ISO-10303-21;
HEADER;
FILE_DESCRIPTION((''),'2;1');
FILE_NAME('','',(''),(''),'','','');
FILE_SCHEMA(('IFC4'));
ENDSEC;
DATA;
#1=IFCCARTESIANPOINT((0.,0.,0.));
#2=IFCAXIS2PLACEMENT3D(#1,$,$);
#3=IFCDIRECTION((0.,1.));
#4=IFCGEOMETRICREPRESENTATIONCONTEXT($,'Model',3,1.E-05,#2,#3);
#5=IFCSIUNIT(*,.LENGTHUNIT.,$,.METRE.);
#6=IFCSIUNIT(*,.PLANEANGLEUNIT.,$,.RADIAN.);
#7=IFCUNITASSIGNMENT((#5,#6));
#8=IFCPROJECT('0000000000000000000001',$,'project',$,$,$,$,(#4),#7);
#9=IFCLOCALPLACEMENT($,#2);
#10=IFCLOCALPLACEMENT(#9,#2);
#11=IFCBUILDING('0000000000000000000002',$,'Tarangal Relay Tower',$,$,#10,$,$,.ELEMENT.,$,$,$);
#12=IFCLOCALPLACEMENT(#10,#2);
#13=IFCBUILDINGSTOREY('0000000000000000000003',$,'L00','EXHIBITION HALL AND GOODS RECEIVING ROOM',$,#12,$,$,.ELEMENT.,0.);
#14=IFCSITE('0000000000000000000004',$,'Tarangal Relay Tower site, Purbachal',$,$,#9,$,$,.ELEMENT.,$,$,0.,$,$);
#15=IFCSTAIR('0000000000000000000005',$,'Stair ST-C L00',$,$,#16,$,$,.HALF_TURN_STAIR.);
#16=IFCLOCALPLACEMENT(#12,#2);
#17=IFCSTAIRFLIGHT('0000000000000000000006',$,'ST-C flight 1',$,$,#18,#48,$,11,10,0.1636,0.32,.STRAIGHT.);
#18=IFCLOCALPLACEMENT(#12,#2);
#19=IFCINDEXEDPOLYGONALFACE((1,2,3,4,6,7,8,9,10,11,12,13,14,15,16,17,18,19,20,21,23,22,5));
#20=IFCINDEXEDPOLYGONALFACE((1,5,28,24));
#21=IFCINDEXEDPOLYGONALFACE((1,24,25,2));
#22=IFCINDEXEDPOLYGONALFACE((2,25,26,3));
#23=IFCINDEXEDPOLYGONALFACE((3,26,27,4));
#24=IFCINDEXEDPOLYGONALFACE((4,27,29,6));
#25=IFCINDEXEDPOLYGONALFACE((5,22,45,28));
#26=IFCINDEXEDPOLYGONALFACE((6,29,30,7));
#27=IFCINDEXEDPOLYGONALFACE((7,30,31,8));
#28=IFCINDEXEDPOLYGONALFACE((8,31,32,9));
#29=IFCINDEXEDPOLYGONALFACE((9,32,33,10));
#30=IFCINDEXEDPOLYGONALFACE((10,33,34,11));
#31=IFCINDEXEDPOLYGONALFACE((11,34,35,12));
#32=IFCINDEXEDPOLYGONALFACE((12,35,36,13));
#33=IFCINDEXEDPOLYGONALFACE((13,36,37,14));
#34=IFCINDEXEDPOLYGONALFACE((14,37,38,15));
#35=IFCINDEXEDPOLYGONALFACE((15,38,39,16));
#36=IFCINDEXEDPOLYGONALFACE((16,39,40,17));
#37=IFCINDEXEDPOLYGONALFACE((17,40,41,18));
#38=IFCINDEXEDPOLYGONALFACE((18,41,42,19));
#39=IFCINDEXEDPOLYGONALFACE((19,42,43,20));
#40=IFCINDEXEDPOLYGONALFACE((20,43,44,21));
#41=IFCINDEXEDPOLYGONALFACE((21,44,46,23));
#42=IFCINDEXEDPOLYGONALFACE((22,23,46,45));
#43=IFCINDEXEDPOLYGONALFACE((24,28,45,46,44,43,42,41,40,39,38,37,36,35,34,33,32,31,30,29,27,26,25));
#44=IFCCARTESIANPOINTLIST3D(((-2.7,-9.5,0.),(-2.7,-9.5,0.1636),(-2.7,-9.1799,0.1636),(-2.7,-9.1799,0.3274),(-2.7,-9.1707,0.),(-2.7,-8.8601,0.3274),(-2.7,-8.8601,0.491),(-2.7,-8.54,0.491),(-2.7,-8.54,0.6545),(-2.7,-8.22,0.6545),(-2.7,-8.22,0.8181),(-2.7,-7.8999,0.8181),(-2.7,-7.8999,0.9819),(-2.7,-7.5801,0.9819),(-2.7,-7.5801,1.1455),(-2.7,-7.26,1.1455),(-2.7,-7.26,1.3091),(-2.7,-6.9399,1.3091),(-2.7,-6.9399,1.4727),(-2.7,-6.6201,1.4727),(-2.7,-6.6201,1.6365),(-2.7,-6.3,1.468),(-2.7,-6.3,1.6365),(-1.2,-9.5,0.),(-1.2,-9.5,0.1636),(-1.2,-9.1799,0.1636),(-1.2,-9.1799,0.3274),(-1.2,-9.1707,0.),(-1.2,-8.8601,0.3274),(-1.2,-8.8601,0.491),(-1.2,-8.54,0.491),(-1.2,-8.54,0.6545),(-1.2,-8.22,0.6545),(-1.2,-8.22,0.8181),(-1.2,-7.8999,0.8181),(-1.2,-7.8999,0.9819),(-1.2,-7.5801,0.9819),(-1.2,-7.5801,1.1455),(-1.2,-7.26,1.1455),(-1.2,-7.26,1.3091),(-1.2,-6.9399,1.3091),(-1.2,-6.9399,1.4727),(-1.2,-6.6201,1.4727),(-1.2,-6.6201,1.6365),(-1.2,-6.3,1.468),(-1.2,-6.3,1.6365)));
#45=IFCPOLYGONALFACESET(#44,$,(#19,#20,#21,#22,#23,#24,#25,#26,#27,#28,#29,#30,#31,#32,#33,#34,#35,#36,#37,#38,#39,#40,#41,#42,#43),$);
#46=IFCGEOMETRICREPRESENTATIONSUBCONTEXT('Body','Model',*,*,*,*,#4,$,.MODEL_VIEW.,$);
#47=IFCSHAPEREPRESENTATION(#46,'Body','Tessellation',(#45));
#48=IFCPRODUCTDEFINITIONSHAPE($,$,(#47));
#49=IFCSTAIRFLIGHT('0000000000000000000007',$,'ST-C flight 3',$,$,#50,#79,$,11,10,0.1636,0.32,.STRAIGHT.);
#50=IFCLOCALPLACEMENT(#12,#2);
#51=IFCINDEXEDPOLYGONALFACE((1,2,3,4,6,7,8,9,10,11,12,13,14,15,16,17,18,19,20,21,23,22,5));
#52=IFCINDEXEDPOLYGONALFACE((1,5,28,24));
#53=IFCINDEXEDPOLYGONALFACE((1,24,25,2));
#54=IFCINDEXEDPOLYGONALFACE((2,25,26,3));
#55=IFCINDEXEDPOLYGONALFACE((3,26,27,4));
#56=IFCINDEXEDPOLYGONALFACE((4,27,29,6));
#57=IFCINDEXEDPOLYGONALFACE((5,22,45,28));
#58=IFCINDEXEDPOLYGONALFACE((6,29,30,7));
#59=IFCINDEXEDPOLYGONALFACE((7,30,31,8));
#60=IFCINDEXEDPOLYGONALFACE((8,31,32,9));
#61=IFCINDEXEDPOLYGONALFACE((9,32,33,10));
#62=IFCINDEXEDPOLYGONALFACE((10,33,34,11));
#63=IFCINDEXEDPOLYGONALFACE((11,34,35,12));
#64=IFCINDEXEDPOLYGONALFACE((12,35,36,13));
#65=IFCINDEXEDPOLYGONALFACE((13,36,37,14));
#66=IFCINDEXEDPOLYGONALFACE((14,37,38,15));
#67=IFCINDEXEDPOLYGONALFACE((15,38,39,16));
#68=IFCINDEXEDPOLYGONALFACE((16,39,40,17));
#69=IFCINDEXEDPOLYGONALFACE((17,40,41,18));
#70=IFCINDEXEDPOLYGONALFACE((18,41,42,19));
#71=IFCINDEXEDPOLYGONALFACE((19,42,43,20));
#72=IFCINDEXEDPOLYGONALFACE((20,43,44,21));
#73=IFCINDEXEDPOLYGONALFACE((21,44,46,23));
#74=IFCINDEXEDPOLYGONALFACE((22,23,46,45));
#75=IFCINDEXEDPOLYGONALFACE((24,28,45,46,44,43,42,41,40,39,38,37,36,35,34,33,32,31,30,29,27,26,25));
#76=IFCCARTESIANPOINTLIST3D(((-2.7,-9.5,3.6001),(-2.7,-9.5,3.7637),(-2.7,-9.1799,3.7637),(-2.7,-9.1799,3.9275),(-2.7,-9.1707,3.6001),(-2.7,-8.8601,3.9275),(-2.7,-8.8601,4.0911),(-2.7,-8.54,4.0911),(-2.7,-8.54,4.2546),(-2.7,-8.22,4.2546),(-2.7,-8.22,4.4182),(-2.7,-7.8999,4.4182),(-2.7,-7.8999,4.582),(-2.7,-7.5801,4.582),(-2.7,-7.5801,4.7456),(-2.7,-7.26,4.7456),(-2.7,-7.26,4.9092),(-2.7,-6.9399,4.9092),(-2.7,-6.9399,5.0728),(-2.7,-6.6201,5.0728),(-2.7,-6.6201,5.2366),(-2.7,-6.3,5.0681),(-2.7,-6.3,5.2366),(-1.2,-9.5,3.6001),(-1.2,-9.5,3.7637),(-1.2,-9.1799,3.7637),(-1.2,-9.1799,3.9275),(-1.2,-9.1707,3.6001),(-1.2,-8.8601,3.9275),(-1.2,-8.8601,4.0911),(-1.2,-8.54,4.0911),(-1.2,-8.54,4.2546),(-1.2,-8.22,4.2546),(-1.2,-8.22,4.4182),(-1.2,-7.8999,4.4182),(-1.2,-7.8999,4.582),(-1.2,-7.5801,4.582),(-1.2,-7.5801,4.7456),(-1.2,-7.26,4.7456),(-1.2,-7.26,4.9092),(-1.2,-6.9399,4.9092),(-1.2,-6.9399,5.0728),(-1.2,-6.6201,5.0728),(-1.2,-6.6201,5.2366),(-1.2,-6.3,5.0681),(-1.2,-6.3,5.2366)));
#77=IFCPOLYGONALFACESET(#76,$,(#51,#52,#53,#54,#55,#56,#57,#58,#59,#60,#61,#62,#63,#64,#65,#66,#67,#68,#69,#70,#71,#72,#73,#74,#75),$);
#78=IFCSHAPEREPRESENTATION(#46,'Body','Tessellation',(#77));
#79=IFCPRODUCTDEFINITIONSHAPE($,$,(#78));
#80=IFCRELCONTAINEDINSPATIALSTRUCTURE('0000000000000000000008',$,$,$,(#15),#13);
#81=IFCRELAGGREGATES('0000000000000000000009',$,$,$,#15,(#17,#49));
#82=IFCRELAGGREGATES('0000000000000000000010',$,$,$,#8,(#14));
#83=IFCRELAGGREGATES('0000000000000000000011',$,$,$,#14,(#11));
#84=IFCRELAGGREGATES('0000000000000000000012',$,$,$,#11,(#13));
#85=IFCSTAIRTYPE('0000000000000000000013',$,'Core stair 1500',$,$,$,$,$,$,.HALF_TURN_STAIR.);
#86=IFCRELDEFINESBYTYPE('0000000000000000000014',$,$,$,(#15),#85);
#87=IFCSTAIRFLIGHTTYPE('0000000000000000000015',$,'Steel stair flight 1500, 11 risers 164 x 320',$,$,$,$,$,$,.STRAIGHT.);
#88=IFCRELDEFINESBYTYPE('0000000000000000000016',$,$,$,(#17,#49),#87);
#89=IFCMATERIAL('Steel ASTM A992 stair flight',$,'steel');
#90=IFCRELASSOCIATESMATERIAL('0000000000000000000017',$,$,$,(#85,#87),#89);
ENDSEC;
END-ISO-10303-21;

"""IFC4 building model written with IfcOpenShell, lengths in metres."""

from ifc_helpers import new_model, si_unit, direction, frame, origin, place, context, subcontext, project, spatial, polyline, outline, extrude, material, type_object, element, aggregate, save


model = new_model("IFC4")

# Units and contexts
model_context = context("Model", 3, precision=1e-05, world=origin(), true_north=direction((0.0, 1.0)))
body_context = subcontext(model_context, "Body", "Model", "MODEL_VIEW")
ifc_project = project(units=[si_unit("LENGTHUNIT", "METRE"), si_unit("PLANEANGLEUNIT", "RADIAN")], contexts=[model_context])

# Site, building, storey
site_placement = place(None, origin())
site = spatial("IfcSite", under=ifc_project, at=site_placement, Name="Tarangal Relay Tower site, Purbachal", CompositionType="ELEMENT", RefElevation=0.0)
building_placement = place(site_placement, origin())
building = spatial("IfcBuilding", under=site, at=building_placement, Name="Tarangal Relay Tower", CompositionType="ELEMENT")
storey_placement = place(building_placement, origin())
storey = spatial("IfcBuildingStorey", under=building, at=storey_placement, Name="L00", Description="EXHIBITION HALL AND GOODS RECEIVING ROOM", CompositionType="ELEMENT", Elevation=0.0)

# Stair, stair flights
ifc_material_1 = material(Name="Steel ASTM A992 stair flight", Category="steel")
stair_type = type_object("IfcStairType", Name="Core stair 1500", PredefinedType="HALF_TURN_STAIR", material=ifc_material_1)
stair_placement = place(storey_placement, origin())
stair = element("IfcStair", 1, at=stair_placement, inside=storey, type_object=stair_type, Name="Stair ST-C L00", PredefinedType="HALF_TURN_STAIR")
stair_flight_type = type_object("IfcStairFlightType", Name="Steel stair flight 1500, 11 risers 164 x 320", PredefinedType="STRAIGHT", material=ifc_material_1)
stair_flight_1_placement = place(storey_placement, frame((-1.95, -9.5, 0.0), z_axis=(0.0, 0.0, 1.0), x_axis=(0.0, 1.0, 0.0)))
stair_flight_1 = element("IfcStairFlight", 2, at=stair_flight_1_placement, type_object=stair_flight_type, Name="ST-C flight 1", NumberOfRisers=11, NumberOfTreads=10, PredefinedType="STRAIGHT", RiserHeight=0.1636, TreadLength=0.32, context=body_context, shape_type="SweptSolid", body=[
    extrude(outline(polyline([(0.0, 0.0), (0.0, 0.1636), (0.3201, 0.1636), (0.3201, 0.3274), (0.6399, 0.3274), (0.6399, 0.491), (0.96, 0.491), (0.96, 0.6545), (1.28, 0.6545), (1.28, 0.8181), (1.6001, 0.8181), (1.6001, 0.9819), (1.9199, 0.9819), (1.9199, 1.1455), (2.24, 1.1455), (2.24, 1.3091), (2.5601, 1.3091), (2.5601, 1.4727), (2.8799, 1.4727), (2.8799, 1.6365), (3.2, 1.6365), (3.2, 1.8), (3.2, 1.468), (0.3293, 0.0), (0.0, 0.0)])), frame((0.0, 0.75, 0.0), z_axis=(0.0, -1.0, 0.0), x_axis=(1.0, 0.0, 0.0)), (0.0, 0.0, 1.0), 1.5),
])
stair_flight_2_placement = place(storey_placement, frame((-1.95, -9.5, 3.6001), z_axis=(0.0, 0.0, 1.0), x_axis=(0.0, 1.0, 0.0)))
stair_flight_2 = element("IfcStairFlight", 3, at=stair_flight_2_placement, type_object=stair_flight_type, Name="ST-C flight 3", NumberOfRisers=11, NumberOfTreads=10, PredefinedType="STRAIGHT", RiserHeight=0.1636, TreadLength=0.32, context=body_context, shape_type="SweptSolid", body=[
    extrude(outline(polyline([(0.0, 0.0), (0.0, 0.1636), (0.3201, 0.1636), (0.3201, 0.3274), (0.6399, 0.3274), (0.6399, 0.491), (0.96, 0.491), (0.96, 0.6545), (1.28, 0.6545), (1.28, 0.8181), (1.6001, 0.8181), (1.6001, 0.9819), (1.9199, 0.9819), (1.9199, 1.1455), (2.24, 1.1455), (2.24, 1.3091), (2.5601, 1.3091), (2.5601, 1.4727), (2.8799, 1.4727), (2.8799, 1.6365), (3.2, 1.6365), (3.2, 1.8), (3.2, 1.468), (0.3293, 0.0), (0.0, 0.0)])), frame((0.0, 0.75, 0.0), z_axis=(0.0, -1.0, 0.0), x_axis=(1.0, 0.0, 0.0)), (0.0, 0.0, 1.0), 1.5),
])
aggregate(stair, [stair_flight_1, stair_flight_2])

save(model, "model.ifc")
